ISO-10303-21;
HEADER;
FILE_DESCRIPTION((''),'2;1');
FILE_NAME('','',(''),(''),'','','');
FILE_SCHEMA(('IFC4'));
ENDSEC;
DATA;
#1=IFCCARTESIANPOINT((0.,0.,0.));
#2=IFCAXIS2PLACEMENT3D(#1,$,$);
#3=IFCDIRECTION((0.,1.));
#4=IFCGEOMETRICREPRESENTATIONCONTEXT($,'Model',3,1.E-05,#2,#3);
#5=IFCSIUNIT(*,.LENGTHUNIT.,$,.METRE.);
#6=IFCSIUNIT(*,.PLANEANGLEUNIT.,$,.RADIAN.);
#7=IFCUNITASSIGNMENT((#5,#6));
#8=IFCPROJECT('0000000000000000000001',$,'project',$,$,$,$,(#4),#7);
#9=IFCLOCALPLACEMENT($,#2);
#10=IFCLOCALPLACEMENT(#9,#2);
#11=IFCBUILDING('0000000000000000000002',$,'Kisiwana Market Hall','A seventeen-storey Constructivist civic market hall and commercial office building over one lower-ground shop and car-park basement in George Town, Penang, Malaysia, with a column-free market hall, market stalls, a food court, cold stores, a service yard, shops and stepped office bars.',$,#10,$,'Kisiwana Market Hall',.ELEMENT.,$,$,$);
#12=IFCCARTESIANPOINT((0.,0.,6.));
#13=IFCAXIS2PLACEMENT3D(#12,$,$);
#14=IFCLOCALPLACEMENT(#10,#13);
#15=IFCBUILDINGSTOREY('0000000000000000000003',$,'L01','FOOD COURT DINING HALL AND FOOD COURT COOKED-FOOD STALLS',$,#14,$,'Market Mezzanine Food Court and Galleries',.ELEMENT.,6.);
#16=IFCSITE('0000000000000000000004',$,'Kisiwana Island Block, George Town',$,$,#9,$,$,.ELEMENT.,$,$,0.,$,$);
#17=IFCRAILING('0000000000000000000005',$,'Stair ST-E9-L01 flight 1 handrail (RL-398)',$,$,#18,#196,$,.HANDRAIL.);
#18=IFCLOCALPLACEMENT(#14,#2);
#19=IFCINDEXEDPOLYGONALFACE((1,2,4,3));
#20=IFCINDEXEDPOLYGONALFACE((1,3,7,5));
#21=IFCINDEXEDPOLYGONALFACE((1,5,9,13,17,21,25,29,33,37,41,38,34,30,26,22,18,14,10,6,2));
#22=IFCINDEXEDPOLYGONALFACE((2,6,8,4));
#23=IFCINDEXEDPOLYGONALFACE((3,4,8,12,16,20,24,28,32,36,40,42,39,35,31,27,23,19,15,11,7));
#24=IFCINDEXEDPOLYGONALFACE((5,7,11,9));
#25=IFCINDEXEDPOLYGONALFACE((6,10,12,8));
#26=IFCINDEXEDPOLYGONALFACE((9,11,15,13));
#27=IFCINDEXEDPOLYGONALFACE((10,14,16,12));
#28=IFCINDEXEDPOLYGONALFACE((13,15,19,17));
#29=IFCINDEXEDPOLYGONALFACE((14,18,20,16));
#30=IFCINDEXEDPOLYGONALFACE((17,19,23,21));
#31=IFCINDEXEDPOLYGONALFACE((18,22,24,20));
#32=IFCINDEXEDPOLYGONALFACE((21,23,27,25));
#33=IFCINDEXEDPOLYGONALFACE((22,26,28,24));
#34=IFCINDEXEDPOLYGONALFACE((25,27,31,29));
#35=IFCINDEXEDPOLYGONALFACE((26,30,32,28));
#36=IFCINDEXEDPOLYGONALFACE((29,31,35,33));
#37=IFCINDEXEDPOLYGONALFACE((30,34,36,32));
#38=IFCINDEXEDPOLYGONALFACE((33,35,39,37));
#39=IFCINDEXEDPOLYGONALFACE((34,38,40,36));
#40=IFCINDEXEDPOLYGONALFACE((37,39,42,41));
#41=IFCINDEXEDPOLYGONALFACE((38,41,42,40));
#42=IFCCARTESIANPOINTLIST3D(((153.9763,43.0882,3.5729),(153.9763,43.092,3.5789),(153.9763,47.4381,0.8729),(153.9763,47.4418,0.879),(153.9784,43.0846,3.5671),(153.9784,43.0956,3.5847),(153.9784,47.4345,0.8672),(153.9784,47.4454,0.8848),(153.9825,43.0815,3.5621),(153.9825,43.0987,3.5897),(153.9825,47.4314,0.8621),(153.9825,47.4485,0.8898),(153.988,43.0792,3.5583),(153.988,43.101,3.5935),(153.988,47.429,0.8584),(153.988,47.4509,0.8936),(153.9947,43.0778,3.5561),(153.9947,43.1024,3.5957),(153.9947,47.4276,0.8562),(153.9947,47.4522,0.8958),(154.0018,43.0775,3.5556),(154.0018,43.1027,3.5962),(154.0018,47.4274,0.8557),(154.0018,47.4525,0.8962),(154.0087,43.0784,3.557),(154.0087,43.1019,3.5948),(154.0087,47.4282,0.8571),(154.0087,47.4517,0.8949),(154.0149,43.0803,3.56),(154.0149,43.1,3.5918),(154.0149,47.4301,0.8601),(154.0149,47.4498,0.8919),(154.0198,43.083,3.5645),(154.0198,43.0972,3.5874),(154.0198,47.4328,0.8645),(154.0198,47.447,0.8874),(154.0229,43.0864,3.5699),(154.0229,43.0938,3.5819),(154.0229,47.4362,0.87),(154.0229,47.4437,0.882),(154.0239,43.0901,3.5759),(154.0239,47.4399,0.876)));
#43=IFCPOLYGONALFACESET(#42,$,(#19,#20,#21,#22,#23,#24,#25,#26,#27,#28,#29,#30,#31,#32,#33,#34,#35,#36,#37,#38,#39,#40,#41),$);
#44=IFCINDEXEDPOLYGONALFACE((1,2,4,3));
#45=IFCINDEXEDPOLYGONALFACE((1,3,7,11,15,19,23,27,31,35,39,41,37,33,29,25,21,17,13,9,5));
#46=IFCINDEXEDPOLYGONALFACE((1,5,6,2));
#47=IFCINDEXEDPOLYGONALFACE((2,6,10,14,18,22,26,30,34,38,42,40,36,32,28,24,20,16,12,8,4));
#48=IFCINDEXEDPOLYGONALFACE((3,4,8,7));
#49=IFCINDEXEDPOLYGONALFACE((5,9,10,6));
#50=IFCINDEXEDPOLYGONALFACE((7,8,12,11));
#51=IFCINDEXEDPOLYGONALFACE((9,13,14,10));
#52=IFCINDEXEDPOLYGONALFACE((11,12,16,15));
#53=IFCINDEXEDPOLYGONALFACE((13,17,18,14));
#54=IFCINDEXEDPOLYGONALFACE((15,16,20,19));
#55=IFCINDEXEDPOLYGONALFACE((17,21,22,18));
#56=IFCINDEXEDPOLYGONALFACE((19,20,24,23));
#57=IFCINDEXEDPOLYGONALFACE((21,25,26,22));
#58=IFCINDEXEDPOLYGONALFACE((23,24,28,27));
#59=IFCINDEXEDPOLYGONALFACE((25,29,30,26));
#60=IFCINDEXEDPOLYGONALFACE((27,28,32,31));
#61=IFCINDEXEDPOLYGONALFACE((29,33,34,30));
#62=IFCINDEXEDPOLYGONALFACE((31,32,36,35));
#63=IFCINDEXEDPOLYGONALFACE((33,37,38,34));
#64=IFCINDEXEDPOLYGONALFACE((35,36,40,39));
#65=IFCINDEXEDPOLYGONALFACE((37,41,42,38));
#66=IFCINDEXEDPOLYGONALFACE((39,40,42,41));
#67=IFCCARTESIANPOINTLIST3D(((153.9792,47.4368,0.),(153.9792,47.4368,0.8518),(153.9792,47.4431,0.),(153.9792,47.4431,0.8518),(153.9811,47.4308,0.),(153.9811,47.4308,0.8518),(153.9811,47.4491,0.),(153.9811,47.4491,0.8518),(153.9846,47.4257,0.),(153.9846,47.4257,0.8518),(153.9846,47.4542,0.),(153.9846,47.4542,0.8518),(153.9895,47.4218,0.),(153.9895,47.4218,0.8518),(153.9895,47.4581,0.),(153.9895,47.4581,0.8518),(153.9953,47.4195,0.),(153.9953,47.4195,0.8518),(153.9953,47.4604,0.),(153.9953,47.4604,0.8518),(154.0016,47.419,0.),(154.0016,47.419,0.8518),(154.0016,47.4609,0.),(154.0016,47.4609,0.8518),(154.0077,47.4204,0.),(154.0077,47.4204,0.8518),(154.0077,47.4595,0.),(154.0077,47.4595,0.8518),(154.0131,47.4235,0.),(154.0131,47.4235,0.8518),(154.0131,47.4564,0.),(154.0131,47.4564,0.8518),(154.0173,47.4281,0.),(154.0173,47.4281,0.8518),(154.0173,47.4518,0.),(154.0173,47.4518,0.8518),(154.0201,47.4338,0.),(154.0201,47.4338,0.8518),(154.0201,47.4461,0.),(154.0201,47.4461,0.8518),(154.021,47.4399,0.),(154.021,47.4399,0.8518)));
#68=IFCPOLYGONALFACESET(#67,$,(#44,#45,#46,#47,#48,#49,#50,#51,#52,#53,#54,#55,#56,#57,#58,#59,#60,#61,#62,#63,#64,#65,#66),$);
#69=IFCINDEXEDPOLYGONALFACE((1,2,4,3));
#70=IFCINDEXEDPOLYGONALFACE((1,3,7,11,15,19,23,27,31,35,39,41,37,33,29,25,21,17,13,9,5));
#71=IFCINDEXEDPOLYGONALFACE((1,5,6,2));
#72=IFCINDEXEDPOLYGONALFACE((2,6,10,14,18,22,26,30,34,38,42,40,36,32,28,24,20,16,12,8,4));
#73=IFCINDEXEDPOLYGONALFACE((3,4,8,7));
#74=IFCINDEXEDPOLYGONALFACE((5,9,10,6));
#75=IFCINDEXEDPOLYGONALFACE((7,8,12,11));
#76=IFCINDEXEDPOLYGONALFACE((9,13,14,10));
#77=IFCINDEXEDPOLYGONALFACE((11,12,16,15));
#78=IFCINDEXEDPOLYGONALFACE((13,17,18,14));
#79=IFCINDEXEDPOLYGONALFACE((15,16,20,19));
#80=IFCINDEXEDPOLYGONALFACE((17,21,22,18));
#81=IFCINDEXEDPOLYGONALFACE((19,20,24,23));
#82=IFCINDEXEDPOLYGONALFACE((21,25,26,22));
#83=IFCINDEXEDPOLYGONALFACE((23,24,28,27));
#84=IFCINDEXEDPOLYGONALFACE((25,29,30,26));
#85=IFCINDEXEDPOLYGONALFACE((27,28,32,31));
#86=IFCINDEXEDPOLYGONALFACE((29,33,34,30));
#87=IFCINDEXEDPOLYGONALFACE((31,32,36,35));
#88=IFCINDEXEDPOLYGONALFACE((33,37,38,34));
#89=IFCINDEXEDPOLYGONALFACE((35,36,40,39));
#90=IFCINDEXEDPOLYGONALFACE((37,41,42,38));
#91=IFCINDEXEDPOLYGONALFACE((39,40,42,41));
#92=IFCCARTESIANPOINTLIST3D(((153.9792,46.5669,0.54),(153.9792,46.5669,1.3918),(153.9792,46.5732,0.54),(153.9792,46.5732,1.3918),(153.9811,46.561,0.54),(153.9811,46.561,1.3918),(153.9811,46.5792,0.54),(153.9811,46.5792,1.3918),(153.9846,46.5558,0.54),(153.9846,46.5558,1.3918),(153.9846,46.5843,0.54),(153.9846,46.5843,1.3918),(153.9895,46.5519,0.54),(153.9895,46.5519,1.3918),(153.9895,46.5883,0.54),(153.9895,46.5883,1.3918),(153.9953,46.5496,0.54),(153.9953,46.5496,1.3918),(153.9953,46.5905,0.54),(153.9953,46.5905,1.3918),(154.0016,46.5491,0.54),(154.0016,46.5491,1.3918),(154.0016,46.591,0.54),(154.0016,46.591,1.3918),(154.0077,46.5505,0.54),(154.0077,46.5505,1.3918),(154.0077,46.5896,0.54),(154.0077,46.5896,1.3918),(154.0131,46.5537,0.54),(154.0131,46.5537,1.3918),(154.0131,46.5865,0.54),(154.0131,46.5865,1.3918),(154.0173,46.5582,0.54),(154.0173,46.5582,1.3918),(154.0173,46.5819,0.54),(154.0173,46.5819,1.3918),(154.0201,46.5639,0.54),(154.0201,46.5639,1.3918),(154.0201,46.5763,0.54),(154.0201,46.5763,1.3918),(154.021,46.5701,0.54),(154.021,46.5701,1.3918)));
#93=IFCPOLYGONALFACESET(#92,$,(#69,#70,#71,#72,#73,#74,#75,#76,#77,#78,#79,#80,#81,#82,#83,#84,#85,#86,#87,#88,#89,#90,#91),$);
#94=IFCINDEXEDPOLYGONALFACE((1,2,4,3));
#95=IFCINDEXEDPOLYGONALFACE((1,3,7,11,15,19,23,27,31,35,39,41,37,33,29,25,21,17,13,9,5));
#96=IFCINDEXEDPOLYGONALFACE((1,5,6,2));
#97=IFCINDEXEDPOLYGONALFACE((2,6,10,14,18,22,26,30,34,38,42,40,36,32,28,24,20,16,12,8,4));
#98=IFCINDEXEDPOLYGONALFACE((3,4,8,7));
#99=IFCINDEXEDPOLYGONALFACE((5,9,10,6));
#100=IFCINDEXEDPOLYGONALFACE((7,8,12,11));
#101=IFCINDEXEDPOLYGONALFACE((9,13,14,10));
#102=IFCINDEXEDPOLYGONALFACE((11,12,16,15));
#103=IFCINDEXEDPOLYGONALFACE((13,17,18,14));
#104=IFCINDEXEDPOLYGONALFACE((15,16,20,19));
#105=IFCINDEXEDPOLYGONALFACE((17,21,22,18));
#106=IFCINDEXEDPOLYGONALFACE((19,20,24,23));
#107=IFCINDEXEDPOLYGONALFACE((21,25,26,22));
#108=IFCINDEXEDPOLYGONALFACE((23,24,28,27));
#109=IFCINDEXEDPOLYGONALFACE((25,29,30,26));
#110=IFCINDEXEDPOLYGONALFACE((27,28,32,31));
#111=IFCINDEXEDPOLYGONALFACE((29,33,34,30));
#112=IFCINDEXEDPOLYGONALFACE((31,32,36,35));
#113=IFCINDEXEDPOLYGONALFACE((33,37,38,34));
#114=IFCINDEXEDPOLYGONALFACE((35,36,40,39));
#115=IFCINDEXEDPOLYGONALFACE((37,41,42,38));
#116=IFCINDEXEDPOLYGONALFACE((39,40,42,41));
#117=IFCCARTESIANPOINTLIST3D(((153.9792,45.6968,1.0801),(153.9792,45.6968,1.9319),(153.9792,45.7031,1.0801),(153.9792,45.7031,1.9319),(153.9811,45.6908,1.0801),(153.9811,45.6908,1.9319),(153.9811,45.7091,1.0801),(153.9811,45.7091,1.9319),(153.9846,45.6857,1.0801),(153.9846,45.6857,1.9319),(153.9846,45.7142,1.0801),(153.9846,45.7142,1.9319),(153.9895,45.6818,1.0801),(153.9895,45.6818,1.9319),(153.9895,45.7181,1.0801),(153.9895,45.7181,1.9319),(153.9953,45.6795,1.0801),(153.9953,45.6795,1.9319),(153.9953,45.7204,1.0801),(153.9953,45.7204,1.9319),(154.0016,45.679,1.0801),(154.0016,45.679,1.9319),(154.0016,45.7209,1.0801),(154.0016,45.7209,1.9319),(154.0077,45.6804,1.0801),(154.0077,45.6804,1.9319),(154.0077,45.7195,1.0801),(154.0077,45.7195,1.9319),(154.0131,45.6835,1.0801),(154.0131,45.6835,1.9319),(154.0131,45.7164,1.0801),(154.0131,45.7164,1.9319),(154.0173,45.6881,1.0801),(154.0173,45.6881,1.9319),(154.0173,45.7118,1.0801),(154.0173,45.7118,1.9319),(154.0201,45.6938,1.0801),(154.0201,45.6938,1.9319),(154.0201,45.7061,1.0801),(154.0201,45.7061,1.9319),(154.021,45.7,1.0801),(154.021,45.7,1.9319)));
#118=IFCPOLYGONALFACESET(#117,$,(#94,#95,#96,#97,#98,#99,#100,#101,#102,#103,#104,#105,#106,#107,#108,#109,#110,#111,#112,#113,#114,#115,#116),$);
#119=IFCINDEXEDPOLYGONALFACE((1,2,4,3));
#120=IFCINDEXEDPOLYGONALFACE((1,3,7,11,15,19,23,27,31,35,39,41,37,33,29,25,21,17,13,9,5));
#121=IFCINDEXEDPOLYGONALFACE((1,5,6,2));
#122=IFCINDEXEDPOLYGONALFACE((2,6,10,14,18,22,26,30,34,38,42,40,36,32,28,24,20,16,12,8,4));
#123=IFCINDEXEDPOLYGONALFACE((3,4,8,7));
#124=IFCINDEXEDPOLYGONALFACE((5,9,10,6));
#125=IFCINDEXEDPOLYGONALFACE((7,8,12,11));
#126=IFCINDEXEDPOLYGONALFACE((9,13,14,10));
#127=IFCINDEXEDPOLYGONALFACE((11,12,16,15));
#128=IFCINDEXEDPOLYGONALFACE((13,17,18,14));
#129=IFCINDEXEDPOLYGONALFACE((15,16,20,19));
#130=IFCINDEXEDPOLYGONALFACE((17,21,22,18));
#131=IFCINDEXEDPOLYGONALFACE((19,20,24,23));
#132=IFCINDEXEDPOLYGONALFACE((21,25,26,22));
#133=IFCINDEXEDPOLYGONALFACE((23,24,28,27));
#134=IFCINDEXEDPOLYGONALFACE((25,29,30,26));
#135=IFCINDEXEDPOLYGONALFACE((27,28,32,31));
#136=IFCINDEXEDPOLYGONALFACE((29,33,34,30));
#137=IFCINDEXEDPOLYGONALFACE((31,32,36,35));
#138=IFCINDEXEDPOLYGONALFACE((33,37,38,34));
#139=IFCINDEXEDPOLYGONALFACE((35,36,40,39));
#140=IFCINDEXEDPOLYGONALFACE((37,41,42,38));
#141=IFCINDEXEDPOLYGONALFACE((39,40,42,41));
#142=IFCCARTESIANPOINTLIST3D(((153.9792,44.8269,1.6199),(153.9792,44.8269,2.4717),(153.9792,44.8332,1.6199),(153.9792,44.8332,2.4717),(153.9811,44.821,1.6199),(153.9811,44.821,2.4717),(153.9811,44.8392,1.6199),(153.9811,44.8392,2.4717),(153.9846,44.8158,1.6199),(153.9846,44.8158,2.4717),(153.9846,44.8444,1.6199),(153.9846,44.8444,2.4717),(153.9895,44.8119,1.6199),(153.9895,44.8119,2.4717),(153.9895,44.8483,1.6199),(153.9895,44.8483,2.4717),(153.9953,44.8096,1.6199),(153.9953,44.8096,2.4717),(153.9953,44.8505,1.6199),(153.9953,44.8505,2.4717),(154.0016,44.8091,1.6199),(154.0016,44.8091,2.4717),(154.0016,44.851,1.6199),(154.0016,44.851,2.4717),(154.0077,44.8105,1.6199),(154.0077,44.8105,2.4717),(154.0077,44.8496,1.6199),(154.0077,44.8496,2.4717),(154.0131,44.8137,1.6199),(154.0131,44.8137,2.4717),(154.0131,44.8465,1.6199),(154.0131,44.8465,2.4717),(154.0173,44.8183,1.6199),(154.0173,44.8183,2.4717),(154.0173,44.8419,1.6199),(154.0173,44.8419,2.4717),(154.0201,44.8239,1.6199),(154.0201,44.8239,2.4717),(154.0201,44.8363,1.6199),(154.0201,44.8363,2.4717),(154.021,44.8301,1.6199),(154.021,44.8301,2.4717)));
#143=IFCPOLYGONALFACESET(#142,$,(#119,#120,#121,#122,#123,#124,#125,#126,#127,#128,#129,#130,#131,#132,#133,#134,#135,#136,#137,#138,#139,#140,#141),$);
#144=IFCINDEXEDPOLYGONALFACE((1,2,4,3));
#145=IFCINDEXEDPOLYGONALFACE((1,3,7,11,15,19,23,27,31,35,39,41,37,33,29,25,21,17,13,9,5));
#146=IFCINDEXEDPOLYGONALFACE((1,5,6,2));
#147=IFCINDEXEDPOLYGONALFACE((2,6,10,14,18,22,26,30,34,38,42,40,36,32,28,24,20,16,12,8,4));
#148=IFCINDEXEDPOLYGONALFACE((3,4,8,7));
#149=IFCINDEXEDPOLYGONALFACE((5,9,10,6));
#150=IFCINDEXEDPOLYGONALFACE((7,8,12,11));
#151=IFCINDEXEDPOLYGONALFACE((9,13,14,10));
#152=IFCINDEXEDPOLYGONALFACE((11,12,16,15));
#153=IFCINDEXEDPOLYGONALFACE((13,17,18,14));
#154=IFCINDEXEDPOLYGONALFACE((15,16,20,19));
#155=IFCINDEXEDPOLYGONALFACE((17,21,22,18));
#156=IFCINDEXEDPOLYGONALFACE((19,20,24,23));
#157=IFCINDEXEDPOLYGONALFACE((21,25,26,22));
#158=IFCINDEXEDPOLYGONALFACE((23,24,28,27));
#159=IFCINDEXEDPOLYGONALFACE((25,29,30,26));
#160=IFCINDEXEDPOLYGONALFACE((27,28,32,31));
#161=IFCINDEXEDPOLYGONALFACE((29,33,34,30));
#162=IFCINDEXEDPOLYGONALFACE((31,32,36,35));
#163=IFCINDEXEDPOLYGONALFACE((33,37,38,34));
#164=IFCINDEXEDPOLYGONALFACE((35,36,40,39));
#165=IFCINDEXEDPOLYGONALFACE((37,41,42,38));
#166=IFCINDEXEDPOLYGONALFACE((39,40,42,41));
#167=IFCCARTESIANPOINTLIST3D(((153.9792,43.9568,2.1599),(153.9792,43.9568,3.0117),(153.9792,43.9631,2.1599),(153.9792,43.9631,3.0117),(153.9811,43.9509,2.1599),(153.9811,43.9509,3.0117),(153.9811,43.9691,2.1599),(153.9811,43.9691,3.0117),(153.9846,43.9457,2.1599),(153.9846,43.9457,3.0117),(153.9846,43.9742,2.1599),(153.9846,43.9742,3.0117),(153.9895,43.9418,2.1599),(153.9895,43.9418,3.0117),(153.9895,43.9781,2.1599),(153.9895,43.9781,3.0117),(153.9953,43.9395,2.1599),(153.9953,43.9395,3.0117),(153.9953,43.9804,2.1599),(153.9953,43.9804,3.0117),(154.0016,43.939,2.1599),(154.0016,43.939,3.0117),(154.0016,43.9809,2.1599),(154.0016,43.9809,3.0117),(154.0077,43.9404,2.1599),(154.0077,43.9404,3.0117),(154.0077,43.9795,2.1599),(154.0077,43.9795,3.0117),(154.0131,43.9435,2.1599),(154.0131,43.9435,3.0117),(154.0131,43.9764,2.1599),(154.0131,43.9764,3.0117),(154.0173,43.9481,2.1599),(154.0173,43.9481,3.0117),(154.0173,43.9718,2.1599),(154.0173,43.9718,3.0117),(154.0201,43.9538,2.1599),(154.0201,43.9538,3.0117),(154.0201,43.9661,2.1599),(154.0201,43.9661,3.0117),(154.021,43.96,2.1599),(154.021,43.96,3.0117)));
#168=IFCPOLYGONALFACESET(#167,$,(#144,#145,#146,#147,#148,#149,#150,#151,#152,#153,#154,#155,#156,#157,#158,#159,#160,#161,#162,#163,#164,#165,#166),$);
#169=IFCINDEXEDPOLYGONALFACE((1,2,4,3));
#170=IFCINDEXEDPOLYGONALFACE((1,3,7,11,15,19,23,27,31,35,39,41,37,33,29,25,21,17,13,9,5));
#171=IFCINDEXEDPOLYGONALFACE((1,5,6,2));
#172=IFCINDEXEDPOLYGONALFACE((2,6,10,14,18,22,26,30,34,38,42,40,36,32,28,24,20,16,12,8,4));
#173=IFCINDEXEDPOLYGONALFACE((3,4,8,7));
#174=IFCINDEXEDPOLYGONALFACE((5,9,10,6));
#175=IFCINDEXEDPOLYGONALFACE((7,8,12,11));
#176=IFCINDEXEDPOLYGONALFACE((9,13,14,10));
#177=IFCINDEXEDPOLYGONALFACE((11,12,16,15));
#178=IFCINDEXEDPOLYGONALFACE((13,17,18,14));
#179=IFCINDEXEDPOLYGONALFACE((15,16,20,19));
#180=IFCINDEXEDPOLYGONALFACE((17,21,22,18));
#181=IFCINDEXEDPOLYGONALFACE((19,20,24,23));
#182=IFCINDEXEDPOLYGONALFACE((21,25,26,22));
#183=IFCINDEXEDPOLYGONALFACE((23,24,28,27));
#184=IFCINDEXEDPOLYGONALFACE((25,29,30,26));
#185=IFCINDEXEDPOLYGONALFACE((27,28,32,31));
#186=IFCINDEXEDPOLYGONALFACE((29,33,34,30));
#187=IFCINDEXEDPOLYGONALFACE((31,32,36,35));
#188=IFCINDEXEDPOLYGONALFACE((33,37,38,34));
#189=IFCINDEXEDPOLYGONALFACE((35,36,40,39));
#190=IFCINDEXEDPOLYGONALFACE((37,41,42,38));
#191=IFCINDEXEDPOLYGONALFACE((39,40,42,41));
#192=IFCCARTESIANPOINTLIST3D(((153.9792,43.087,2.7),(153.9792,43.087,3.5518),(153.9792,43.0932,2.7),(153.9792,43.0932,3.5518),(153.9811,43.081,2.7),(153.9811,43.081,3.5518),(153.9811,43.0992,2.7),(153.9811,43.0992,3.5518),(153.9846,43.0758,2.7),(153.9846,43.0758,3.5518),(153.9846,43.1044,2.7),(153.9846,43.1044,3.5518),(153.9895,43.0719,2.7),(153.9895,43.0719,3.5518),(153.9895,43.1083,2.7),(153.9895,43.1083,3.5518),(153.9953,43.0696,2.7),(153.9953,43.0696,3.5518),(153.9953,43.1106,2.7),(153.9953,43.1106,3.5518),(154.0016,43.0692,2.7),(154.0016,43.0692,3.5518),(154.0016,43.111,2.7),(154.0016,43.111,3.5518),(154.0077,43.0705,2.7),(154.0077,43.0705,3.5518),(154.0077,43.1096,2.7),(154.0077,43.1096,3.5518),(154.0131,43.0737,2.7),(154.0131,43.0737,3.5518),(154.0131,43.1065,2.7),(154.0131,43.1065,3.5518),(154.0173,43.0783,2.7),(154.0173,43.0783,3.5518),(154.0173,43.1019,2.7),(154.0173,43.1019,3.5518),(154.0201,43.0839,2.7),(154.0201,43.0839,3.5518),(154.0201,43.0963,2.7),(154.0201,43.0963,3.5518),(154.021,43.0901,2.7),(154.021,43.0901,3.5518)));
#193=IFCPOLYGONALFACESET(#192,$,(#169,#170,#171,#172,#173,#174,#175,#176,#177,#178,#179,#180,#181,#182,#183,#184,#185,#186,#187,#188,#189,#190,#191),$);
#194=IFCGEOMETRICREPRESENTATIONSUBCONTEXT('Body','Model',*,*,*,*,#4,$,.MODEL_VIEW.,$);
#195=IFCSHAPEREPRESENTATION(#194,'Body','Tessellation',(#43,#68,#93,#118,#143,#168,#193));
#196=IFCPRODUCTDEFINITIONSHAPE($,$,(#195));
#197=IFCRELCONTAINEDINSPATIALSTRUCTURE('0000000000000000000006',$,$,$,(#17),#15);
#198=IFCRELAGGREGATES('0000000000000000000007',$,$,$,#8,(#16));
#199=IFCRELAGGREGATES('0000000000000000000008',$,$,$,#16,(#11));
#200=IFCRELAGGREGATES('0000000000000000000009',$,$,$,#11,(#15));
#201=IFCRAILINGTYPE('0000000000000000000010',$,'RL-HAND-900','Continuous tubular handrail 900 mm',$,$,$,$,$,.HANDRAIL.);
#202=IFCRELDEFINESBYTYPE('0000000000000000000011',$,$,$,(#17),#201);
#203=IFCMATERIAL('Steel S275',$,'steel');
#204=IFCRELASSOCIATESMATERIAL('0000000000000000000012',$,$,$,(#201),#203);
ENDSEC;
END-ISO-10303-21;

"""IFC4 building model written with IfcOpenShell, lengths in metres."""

from ifc_helpers import new_model, si_unit, direction, frame, origin, origin_2d, place, context, subcontext, project, spatial, circle, extrude, material, type_object, element, save


model = new_model("IFC4")

# Units and contexts
model_context = context("Model", 3, precision=1e-05, world=origin(), true_north=direction((0.0, 1.0)))
body_context = subcontext(model_context, "Body", "Model", "MODEL_VIEW")
ifc_project = project(units=[si_unit("LENGTHUNIT", "METRE"), si_unit("PLANEANGLEUNIT", "RADIAN")], contexts=[model_context])

# Site, building, storey
site_placement = place(None, origin())
site = spatial("IfcSite", under=ifc_project, at=site_placement, Name="Kisiwana Island Block, George Town", CompositionType="ELEMENT", RefElevation=0.0)
building_placement = place(site_placement, origin())
building = spatial("IfcBuilding", under=site, at=building_placement, Name="Kisiwana Market Hall", Description="A seventeen-storey Constructivist civic market hall and commercial office building over one lower-ground shop and car-park basement in George Town, Penang, Malaysia, with a column-free market hall, market stalls, a food court, cold stores, a service yard, shops and stepped office bars.", LongName="Kisiwana Market Hall", CompositionType="ELEMENT")
storey_placement = place(building_placement, frame((0.0, 0.0, 6.0)))
storey = spatial("IfcBuildingStorey", under=building, at=storey_placement, Name="L01", Description="FOOD COURT DINING HALL AND FOOD COURT COOKED-FOOD STALLS", LongName="Market Mezzanine Food Court and Galleries", CompositionType="ELEMENT", Elevation=6.0)

# Railing
ifc_material_1 = material(Name="Steel S275", Category="steel")
railing_type_1 = type_object("IfcRailingType", Name="RL-HAND-900", Description="Continuous tubular handrail 900 mm", PredefinedType="HANDRAIL", material=ifc_material_1)
for number, where, name in (
    (1, (154.0, 47.4399, 0.0), "Stair ST-E9-L01 flight 1 handrail (RL-398)"),
):
    element("IfcRailing", number, at=place(storey_placement, frame(where)), inside=storey, type_object=railing_type_1, Name=name, PredefinedType="HANDRAIL", context=body_context, shape_type="SweptSolid", body=[
        extrude(circle(Radius=0.0239, at=origin_2d()), frame((0.0, 0.0, 0.876), z_axis=(0.0, -0.849636, 0.527369), x_axis=(1.0, 0.0, 0.0)), (0.0, 0.0, 1.0), 5.1196),
        extrude(circle(Radius=0.021, at=origin_2d()), origin(), (0.0, 0.0, 1.0), 0.8518),
        extrude(circle(Radius=0.021, at=origin_2d()), frame((0.0, -0.8699, 0.54)), (0.0, 0.0, 1.0), 0.8518),
        extrude(circle(Radius=0.021, at=origin_2d()), frame((0.0, -1.74, 1.0801)), (0.0, 0.0, 1.0), 0.8518),
        extrude(circle(Radius=0.021, at=origin_2d()), frame((0.0, -2.6099, 1.6199)), (0.0, 0.0, 1.0), 0.8518),
        extrude(circle(Radius=0.021, at=origin_2d()), frame((0.0, -3.48, 2.1599)), (0.0, 0.0, 1.0), 0.8518),
        extrude(circle(Radius=0.021, at=origin_2d()), frame((0.0, -4.3499, 2.7)), (0.0, 0.0, 1.0), 0.8518),
    ])

save(model, "model.ifc")
